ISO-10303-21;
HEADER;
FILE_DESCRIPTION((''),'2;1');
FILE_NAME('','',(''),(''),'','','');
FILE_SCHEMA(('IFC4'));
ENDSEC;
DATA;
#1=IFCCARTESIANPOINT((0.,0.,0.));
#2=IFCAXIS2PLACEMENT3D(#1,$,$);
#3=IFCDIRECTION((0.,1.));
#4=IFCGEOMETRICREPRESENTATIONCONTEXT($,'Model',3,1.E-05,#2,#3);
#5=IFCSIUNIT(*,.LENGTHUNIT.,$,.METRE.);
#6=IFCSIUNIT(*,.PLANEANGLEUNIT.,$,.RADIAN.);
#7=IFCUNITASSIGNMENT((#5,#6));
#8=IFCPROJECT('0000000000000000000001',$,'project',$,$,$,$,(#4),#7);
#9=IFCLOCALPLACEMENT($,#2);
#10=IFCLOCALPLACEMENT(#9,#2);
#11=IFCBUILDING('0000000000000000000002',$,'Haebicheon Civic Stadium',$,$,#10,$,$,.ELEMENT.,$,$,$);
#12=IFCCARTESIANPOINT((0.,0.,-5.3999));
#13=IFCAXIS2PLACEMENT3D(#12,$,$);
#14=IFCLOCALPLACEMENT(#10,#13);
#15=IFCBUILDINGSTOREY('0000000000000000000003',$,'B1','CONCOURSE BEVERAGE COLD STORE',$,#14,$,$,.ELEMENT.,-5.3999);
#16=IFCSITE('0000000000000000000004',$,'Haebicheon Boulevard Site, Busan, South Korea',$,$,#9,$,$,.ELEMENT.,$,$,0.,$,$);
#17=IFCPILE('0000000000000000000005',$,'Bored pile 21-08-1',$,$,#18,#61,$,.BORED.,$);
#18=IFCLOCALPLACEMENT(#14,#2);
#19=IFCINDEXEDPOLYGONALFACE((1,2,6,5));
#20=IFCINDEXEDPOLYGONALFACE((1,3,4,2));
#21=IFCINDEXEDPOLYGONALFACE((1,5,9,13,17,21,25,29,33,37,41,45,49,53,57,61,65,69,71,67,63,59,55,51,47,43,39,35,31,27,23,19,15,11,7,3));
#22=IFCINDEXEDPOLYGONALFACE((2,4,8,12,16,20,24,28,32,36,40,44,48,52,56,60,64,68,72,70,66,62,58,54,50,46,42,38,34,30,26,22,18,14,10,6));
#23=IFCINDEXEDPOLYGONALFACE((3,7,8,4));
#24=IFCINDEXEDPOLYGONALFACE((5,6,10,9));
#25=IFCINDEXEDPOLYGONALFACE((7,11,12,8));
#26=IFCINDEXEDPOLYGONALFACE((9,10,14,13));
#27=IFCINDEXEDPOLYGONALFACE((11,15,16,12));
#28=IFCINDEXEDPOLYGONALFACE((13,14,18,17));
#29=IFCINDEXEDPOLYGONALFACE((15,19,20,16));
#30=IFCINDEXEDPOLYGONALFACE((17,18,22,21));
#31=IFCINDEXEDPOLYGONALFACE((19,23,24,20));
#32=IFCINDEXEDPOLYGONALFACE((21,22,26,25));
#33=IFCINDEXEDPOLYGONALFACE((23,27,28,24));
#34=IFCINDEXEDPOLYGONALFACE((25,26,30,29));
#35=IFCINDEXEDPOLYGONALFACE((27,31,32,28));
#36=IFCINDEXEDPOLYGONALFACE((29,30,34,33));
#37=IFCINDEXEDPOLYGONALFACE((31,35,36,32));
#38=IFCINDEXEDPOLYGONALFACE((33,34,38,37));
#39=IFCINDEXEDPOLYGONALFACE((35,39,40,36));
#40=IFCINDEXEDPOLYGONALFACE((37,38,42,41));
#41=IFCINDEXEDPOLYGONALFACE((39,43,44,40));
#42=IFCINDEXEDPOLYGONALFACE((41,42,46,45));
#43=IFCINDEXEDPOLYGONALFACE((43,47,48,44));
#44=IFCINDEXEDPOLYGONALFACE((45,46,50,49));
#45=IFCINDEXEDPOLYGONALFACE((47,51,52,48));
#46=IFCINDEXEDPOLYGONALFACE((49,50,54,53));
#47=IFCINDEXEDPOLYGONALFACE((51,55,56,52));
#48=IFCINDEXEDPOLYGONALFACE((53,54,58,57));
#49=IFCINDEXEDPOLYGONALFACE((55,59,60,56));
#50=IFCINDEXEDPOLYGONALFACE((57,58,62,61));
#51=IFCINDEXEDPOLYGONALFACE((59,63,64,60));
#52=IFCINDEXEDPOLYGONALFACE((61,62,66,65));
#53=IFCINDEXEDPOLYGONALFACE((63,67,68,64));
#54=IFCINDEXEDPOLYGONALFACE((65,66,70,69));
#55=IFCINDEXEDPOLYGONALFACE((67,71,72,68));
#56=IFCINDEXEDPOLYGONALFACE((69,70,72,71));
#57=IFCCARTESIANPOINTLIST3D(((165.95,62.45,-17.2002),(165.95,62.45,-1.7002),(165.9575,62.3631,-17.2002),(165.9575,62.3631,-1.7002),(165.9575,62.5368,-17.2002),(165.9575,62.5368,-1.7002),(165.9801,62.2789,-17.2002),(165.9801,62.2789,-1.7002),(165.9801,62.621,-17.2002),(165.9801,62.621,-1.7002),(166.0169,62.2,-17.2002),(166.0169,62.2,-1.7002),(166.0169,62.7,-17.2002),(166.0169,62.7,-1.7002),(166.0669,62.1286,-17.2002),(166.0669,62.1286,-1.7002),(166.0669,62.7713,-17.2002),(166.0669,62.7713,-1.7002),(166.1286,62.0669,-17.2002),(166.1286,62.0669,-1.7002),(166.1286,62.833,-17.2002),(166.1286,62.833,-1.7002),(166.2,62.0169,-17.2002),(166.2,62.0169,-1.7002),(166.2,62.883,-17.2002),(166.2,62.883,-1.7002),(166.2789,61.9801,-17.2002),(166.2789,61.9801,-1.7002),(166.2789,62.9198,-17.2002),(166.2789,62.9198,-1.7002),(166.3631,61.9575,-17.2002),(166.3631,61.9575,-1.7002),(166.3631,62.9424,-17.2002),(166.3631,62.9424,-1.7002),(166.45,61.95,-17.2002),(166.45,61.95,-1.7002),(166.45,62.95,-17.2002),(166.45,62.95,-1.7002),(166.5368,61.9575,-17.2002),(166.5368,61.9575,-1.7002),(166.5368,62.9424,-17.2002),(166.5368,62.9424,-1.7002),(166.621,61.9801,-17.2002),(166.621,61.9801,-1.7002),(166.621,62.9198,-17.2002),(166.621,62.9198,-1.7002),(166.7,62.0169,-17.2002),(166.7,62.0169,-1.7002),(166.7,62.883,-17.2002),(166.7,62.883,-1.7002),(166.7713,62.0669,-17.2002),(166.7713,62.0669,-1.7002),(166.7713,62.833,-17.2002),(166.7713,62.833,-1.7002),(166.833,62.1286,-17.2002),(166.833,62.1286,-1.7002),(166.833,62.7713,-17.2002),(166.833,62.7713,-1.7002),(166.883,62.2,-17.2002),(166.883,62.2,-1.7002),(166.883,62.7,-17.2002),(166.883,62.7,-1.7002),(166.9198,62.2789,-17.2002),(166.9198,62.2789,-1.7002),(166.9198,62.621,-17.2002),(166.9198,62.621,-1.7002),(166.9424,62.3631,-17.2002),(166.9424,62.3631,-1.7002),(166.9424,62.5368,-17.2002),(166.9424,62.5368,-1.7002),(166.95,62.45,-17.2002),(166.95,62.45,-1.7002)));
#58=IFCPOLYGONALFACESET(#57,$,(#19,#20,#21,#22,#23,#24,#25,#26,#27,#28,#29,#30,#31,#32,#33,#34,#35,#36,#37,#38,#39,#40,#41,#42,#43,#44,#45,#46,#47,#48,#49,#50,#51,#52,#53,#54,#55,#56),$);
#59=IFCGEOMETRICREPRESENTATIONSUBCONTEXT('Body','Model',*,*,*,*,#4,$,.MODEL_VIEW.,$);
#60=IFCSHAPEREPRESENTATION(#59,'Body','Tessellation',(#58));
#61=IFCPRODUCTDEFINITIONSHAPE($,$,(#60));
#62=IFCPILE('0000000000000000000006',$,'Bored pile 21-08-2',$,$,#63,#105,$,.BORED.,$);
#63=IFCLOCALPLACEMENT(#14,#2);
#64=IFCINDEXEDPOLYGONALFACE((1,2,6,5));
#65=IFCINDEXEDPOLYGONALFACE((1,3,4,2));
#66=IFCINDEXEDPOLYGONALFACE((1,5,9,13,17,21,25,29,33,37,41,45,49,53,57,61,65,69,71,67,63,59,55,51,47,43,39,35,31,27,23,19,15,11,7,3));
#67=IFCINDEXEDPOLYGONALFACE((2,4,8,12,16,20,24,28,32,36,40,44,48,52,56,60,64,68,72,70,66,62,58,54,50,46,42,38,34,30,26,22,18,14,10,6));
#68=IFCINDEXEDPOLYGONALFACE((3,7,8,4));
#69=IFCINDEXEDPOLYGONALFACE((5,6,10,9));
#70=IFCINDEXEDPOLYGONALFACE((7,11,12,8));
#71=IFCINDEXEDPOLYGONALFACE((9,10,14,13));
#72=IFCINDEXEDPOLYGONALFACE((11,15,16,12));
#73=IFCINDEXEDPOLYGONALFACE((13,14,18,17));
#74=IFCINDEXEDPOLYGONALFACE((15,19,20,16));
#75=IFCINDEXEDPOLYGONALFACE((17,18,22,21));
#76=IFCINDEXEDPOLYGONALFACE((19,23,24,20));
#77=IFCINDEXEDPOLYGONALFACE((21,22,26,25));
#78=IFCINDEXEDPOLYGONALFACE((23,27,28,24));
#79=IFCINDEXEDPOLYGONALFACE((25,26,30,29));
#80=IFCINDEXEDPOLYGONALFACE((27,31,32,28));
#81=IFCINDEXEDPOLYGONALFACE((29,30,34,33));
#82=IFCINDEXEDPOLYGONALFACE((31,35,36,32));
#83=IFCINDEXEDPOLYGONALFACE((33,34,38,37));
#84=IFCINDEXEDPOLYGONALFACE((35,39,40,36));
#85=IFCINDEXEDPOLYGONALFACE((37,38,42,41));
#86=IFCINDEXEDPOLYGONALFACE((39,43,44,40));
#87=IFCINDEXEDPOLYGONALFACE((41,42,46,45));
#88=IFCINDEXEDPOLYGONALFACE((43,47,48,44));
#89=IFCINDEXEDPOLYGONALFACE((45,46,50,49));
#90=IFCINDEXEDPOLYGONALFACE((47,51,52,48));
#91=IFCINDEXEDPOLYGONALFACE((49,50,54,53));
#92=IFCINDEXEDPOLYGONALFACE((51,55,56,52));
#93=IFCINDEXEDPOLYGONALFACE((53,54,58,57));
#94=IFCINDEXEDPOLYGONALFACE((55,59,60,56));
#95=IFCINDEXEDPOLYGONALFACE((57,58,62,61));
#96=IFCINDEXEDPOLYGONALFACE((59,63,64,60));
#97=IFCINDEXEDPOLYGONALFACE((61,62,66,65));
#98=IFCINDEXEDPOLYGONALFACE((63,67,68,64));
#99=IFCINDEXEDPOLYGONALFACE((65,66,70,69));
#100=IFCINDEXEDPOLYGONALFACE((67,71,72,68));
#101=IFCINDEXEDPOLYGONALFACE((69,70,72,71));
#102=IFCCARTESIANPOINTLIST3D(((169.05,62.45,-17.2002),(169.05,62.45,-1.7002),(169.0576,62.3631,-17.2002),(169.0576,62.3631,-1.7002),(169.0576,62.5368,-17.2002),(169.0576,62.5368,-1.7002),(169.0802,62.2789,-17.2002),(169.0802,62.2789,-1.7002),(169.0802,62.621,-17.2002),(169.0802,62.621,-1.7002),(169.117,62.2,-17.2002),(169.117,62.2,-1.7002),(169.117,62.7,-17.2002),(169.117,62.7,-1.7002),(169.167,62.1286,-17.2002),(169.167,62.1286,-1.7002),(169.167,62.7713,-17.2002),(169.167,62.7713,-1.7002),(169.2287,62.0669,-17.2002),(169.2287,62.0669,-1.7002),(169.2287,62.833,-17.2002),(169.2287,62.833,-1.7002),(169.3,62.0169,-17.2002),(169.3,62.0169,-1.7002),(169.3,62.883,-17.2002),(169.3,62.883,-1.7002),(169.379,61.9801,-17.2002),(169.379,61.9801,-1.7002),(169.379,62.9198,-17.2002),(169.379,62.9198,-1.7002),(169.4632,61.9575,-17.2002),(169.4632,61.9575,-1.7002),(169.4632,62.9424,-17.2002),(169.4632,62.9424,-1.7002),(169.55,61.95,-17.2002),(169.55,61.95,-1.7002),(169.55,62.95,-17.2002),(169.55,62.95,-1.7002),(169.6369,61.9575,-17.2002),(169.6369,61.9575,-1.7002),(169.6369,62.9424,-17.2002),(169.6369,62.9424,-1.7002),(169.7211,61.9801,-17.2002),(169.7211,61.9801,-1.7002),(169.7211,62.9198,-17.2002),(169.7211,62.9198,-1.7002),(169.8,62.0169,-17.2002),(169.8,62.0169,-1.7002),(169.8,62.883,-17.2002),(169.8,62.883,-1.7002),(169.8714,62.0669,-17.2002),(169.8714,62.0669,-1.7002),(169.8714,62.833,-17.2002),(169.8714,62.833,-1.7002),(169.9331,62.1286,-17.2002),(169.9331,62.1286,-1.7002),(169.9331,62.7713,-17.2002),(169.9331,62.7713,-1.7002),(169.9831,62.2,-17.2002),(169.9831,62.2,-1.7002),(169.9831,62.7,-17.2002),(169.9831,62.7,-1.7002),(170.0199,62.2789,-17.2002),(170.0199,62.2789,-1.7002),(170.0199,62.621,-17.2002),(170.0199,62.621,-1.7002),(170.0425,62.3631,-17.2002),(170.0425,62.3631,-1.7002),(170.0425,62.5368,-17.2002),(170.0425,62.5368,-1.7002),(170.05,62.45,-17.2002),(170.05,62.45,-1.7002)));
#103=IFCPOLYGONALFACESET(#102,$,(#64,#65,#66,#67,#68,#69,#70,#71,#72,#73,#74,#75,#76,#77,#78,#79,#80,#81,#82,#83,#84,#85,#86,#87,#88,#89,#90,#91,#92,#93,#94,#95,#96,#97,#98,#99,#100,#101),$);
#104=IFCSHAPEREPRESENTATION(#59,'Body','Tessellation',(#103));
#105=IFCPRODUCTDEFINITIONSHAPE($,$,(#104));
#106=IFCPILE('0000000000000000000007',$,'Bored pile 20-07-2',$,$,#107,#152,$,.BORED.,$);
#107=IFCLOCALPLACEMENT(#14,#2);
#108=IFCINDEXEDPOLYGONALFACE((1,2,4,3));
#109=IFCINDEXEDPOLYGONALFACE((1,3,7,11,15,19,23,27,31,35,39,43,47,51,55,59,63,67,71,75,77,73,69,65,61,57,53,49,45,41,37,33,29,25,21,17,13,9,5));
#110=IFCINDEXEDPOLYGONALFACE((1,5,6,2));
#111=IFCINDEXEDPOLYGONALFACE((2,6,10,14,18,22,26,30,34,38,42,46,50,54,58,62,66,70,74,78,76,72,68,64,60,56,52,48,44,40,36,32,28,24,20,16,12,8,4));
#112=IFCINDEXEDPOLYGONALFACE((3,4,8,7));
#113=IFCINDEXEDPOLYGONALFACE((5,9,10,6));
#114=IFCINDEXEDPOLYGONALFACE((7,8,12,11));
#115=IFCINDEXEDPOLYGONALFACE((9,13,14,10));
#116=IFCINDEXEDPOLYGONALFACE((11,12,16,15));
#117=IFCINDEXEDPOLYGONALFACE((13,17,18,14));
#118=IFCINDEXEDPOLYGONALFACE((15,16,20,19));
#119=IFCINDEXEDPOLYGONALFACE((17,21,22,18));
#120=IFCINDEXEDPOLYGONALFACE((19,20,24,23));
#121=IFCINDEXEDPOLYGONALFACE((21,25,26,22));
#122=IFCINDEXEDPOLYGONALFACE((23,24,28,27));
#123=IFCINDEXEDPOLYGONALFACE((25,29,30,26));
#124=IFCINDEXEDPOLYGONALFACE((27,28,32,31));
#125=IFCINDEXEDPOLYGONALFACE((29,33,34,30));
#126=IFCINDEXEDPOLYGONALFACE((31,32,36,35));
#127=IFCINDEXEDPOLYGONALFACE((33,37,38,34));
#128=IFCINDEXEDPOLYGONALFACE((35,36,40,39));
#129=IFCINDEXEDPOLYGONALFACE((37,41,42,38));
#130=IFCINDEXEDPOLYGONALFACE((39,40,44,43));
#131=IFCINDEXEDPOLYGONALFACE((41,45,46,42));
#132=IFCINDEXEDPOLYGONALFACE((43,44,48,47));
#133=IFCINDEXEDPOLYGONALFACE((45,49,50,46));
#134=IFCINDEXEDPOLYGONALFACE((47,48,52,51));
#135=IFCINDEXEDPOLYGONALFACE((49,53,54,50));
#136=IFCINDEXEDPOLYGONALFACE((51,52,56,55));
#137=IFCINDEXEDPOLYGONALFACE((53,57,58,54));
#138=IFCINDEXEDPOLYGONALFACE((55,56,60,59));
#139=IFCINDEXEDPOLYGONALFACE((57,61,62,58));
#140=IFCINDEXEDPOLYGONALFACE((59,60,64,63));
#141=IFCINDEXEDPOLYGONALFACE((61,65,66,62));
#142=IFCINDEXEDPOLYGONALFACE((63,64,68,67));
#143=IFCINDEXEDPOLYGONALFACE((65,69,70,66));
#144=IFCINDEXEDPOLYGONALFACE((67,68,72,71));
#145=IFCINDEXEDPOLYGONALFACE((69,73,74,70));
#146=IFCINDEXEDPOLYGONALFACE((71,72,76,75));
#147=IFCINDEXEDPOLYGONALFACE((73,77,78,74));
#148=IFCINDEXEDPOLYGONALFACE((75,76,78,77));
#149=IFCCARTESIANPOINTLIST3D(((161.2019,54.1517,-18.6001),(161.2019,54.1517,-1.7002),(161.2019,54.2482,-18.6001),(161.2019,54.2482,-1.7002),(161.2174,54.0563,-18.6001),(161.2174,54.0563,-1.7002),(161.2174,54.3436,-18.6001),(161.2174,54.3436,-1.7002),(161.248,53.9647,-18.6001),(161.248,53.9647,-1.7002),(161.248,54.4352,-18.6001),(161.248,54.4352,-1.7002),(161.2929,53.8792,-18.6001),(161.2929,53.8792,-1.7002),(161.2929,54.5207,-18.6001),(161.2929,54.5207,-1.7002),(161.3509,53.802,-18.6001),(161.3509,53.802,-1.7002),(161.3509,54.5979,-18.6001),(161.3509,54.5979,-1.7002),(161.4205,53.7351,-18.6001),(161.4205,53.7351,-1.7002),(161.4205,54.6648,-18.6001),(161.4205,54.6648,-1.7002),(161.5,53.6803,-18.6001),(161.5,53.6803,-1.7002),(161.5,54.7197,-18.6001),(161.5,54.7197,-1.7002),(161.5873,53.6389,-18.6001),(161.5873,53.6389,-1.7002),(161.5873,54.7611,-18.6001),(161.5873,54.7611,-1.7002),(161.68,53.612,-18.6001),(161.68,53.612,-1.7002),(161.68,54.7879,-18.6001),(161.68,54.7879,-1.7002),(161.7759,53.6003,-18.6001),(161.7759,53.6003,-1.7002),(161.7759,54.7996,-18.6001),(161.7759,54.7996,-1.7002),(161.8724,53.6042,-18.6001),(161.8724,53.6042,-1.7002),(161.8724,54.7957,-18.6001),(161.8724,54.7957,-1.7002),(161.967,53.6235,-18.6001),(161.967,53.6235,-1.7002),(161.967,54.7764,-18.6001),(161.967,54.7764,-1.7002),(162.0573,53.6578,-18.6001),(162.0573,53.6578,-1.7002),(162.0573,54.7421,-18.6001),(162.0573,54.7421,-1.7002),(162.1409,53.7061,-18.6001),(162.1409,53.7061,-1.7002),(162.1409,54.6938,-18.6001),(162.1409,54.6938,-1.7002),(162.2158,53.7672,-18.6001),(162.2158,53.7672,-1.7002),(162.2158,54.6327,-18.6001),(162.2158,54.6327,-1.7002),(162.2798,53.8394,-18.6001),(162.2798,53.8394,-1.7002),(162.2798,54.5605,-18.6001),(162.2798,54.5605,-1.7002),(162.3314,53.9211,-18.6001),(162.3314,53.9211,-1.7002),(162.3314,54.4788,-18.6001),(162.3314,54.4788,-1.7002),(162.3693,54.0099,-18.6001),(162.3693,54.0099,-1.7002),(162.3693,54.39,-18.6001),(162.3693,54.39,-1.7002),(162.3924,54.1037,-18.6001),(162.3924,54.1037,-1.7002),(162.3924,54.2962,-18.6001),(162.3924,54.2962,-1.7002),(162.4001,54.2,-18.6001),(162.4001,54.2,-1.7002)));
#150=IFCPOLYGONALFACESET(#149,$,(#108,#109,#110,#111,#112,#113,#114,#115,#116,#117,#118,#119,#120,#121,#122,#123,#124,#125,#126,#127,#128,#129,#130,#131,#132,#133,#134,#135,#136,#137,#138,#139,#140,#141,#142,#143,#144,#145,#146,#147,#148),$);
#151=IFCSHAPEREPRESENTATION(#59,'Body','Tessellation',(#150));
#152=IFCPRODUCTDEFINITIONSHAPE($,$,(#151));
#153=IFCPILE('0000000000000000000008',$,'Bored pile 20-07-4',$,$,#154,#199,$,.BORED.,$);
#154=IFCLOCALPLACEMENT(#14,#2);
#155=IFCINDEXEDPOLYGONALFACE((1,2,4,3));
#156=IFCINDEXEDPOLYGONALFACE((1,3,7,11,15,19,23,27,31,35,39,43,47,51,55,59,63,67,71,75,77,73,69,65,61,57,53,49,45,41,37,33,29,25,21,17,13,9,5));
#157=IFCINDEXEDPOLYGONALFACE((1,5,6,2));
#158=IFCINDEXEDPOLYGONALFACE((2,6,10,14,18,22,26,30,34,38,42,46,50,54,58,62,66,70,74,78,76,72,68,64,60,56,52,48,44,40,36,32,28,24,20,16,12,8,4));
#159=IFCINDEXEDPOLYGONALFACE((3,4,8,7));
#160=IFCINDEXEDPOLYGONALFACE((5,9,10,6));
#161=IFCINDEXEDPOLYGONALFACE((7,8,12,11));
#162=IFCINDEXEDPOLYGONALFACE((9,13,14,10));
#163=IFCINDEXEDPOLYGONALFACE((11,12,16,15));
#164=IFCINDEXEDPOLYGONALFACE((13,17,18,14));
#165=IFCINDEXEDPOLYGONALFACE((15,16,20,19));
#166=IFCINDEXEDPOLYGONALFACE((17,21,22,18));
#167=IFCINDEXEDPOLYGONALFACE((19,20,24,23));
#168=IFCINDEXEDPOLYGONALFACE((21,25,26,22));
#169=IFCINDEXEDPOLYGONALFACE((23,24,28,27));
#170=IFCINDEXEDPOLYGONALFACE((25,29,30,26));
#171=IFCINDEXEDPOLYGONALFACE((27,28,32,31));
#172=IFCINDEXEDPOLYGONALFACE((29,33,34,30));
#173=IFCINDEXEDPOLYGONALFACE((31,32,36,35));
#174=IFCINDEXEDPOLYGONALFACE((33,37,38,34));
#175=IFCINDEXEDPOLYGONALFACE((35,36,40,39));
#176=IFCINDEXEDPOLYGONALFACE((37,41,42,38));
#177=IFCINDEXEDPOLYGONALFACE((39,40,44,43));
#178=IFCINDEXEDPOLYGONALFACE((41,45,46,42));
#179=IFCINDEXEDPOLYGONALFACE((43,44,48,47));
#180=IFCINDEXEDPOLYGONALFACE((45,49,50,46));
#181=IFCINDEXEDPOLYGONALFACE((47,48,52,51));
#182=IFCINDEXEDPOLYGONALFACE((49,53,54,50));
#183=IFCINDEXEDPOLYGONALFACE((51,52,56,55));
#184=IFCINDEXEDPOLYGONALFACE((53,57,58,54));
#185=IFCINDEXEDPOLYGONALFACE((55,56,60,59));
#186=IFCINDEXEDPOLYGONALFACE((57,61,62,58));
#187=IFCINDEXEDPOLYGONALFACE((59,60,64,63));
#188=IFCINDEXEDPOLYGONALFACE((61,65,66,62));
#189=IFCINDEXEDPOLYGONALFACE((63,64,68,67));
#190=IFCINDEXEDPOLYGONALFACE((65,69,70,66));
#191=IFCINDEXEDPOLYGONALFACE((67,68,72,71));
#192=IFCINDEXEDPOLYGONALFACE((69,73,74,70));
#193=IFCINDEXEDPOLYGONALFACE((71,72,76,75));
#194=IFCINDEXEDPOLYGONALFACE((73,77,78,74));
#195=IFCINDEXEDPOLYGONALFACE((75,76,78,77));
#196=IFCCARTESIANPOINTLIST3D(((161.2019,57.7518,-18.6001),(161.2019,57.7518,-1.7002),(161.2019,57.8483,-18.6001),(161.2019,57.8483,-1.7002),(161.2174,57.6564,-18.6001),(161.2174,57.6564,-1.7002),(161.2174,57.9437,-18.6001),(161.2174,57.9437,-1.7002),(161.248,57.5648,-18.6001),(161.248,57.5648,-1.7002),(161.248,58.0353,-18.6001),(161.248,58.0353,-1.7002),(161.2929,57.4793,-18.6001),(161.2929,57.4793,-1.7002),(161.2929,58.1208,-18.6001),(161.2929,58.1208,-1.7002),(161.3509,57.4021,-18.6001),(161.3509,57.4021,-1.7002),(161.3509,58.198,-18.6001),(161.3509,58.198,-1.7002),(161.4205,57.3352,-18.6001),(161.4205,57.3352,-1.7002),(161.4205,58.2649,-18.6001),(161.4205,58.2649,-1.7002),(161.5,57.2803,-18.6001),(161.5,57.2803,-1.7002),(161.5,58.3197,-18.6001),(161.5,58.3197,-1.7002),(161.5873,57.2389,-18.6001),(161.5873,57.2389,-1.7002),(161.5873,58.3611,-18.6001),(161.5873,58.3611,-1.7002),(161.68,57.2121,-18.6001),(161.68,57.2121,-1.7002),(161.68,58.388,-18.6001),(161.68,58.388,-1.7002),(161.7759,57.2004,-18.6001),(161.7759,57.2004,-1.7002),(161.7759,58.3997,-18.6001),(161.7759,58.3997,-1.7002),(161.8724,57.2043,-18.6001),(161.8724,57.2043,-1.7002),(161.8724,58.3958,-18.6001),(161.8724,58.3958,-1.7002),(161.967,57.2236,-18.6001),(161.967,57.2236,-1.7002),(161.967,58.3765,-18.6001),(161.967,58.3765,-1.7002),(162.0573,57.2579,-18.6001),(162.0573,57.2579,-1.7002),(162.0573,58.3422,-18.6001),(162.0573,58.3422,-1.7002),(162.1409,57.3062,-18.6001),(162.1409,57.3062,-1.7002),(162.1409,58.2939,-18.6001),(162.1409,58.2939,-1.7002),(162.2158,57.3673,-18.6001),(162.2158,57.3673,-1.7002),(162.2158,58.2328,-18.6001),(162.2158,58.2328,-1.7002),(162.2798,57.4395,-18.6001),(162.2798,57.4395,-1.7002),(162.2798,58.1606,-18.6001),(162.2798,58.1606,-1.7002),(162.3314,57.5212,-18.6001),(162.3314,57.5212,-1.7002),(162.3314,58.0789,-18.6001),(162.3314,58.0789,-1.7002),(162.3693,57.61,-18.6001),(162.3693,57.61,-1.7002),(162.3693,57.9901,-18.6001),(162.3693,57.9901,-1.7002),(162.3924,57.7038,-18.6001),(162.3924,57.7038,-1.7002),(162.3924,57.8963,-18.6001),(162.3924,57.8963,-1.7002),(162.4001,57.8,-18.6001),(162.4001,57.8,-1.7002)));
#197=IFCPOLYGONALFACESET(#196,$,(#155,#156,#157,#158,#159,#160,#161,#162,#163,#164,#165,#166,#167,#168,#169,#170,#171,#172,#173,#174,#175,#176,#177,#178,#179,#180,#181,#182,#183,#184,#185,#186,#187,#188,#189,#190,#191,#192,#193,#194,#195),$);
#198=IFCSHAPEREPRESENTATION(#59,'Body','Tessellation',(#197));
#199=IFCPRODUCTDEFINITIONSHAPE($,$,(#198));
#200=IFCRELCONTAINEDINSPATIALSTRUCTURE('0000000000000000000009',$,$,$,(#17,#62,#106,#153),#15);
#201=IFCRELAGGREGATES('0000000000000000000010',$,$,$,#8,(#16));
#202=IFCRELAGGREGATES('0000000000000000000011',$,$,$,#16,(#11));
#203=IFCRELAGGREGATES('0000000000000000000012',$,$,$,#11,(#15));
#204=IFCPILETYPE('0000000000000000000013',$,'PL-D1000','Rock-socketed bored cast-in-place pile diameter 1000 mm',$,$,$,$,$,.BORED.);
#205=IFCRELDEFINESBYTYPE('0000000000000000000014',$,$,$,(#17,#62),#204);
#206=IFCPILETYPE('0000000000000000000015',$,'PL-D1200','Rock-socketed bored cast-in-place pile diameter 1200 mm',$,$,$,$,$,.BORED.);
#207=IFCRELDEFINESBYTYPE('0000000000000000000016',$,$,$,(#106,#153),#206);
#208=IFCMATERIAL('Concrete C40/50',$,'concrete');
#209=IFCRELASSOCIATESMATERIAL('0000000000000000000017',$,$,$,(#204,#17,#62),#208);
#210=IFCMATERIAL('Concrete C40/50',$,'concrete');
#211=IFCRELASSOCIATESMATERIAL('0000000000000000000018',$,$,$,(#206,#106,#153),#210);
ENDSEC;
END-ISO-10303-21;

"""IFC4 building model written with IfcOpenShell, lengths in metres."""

from ifc_helpers import new_model, si_unit, direction, frame, origin, origin_2d, place, context, subcontext, project, spatial, circle, extrude, material, material_profile, profile_set, type_object, element, save


model = new_model("IFC4")

# Units and contexts
model_context = context("Model", 3, precision=1e-05, world=origin(), true_north=direction((0.0, 1.0)))
body_context = subcontext(model_context, "Body", "Model", "MODEL_VIEW")
ifc_project = project(units=[si_unit("LENGTHUNIT", "METRE"), si_unit("PLANEANGLEUNIT", "RADIAN")], contexts=[model_context])

# Site, building, storey
site_placement = place(None, origin())
site = spatial("IfcSite", under=ifc_project, at=site_placement, Name="Haebicheon Boulevard Site, Busan, South Korea", CompositionType="ELEMENT", RefElevation=0.0)
building_placement = place(site_placement, origin())
building = spatial("IfcBuilding", under=site, at=building_placement, Name="Haebicheon Civic Stadium", CompositionType="ELEMENT")
storey_placement = place(building_placement, frame((0.0, 0.0, -5.3999)))
storey = spatial("IfcBuildingStorey", under=building, at=storey_placement, Name="B1", Description="CONCOURSE BEVERAGE COLD STORE", CompositionType="ELEMENT", Elevation=-5.3999)

# Piles
ifc_material_1 = material(Name="Concrete C40/50", Category="concrete")
ifc_material_profile_1 = material_profile(ifc_material_1, circle(Radius=0.5, at=origin_2d()), Name="PILE-D1000")
ifc_profile_set_1 = profile_set([ifc_material_profile_1], Name="Concrete C40/50")
pile_type_1 = type_object("IfcPileType", Name="PL-D1000", Description="Rock-socketed bored cast-in-place pile diameter 1000 mm", PredefinedType="BORED", material=ifc_profile_set_1)
for number, where, z_axis, x_axis, name in (
    (1, (166.45, 62.45, -1.7002), (0.0, 0.0, -1.0), (1.0, 0.0, 0.0), "Bored pile 21-08-1"),
    (2, (169.55, 62.45, -1.7002), (0.0, 0.0, -1.0), (1.0, 0.0, 0.0), "Bored pile 21-08-2"),
):
    element("IfcPile", number, at=place(storey_placement, frame(where, z_axis=z_axis, x_axis=x_axis)), inside=storey, type_object=pile_type_1, material=ifc_profile_set_1, Name=name, PredefinedType="BORED", context=body_context, shape_type="SweptSolid", body=[
        extrude(circle(Radius=0.5, at=origin_2d()), origin(), (0.0, 0.0, 1.0), 15.5),
    ])
ifc_material_2 = material(Name="Concrete C40/50", Category="concrete")
ifc_material_profile_2 = material_profile(ifc_material_2, circle(Radius=0.6001, at=origin_2d()), Name="PILE-D1200")
ifc_profile_set_2 = profile_set([ifc_material_profile_2], Name="Concrete C40/50")
pile_type_2 = type_object("IfcPileType", Name="PL-D1200", Description="Rock-socketed bored cast-in-place pile diameter 1200 mm", PredefinedType="BORED", material=ifc_profile_set_2)
for number, where, z_axis, x_axis, name in (
    (3, (161.8, 54.2, -1.7002), (0.0, 0.0, -1.0), (1.0, 0.0, 0.0), "Bored pile 20-07-2"),
    (4, (161.8, 57.8, -1.7002), (0.0, 0.0, -1.0), (1.0, 0.0, 0.0), "Bored pile 20-07-4"),
):
    element("IfcPile", number, at=place(storey_placement, frame(where, z_axis=z_axis, x_axis=x_axis)), inside=storey, type_object=pile_type_2, material=ifc_profile_set_2, Name=name, PredefinedType="BORED", context=body_context, shape_type="SweptSolid", body=[
        extrude(circle(Radius=0.6001, at=origin_2d()), origin(), (0.0, 0.0, 1.0), 16.8999),
    ])

save(model, "model.ifc")
